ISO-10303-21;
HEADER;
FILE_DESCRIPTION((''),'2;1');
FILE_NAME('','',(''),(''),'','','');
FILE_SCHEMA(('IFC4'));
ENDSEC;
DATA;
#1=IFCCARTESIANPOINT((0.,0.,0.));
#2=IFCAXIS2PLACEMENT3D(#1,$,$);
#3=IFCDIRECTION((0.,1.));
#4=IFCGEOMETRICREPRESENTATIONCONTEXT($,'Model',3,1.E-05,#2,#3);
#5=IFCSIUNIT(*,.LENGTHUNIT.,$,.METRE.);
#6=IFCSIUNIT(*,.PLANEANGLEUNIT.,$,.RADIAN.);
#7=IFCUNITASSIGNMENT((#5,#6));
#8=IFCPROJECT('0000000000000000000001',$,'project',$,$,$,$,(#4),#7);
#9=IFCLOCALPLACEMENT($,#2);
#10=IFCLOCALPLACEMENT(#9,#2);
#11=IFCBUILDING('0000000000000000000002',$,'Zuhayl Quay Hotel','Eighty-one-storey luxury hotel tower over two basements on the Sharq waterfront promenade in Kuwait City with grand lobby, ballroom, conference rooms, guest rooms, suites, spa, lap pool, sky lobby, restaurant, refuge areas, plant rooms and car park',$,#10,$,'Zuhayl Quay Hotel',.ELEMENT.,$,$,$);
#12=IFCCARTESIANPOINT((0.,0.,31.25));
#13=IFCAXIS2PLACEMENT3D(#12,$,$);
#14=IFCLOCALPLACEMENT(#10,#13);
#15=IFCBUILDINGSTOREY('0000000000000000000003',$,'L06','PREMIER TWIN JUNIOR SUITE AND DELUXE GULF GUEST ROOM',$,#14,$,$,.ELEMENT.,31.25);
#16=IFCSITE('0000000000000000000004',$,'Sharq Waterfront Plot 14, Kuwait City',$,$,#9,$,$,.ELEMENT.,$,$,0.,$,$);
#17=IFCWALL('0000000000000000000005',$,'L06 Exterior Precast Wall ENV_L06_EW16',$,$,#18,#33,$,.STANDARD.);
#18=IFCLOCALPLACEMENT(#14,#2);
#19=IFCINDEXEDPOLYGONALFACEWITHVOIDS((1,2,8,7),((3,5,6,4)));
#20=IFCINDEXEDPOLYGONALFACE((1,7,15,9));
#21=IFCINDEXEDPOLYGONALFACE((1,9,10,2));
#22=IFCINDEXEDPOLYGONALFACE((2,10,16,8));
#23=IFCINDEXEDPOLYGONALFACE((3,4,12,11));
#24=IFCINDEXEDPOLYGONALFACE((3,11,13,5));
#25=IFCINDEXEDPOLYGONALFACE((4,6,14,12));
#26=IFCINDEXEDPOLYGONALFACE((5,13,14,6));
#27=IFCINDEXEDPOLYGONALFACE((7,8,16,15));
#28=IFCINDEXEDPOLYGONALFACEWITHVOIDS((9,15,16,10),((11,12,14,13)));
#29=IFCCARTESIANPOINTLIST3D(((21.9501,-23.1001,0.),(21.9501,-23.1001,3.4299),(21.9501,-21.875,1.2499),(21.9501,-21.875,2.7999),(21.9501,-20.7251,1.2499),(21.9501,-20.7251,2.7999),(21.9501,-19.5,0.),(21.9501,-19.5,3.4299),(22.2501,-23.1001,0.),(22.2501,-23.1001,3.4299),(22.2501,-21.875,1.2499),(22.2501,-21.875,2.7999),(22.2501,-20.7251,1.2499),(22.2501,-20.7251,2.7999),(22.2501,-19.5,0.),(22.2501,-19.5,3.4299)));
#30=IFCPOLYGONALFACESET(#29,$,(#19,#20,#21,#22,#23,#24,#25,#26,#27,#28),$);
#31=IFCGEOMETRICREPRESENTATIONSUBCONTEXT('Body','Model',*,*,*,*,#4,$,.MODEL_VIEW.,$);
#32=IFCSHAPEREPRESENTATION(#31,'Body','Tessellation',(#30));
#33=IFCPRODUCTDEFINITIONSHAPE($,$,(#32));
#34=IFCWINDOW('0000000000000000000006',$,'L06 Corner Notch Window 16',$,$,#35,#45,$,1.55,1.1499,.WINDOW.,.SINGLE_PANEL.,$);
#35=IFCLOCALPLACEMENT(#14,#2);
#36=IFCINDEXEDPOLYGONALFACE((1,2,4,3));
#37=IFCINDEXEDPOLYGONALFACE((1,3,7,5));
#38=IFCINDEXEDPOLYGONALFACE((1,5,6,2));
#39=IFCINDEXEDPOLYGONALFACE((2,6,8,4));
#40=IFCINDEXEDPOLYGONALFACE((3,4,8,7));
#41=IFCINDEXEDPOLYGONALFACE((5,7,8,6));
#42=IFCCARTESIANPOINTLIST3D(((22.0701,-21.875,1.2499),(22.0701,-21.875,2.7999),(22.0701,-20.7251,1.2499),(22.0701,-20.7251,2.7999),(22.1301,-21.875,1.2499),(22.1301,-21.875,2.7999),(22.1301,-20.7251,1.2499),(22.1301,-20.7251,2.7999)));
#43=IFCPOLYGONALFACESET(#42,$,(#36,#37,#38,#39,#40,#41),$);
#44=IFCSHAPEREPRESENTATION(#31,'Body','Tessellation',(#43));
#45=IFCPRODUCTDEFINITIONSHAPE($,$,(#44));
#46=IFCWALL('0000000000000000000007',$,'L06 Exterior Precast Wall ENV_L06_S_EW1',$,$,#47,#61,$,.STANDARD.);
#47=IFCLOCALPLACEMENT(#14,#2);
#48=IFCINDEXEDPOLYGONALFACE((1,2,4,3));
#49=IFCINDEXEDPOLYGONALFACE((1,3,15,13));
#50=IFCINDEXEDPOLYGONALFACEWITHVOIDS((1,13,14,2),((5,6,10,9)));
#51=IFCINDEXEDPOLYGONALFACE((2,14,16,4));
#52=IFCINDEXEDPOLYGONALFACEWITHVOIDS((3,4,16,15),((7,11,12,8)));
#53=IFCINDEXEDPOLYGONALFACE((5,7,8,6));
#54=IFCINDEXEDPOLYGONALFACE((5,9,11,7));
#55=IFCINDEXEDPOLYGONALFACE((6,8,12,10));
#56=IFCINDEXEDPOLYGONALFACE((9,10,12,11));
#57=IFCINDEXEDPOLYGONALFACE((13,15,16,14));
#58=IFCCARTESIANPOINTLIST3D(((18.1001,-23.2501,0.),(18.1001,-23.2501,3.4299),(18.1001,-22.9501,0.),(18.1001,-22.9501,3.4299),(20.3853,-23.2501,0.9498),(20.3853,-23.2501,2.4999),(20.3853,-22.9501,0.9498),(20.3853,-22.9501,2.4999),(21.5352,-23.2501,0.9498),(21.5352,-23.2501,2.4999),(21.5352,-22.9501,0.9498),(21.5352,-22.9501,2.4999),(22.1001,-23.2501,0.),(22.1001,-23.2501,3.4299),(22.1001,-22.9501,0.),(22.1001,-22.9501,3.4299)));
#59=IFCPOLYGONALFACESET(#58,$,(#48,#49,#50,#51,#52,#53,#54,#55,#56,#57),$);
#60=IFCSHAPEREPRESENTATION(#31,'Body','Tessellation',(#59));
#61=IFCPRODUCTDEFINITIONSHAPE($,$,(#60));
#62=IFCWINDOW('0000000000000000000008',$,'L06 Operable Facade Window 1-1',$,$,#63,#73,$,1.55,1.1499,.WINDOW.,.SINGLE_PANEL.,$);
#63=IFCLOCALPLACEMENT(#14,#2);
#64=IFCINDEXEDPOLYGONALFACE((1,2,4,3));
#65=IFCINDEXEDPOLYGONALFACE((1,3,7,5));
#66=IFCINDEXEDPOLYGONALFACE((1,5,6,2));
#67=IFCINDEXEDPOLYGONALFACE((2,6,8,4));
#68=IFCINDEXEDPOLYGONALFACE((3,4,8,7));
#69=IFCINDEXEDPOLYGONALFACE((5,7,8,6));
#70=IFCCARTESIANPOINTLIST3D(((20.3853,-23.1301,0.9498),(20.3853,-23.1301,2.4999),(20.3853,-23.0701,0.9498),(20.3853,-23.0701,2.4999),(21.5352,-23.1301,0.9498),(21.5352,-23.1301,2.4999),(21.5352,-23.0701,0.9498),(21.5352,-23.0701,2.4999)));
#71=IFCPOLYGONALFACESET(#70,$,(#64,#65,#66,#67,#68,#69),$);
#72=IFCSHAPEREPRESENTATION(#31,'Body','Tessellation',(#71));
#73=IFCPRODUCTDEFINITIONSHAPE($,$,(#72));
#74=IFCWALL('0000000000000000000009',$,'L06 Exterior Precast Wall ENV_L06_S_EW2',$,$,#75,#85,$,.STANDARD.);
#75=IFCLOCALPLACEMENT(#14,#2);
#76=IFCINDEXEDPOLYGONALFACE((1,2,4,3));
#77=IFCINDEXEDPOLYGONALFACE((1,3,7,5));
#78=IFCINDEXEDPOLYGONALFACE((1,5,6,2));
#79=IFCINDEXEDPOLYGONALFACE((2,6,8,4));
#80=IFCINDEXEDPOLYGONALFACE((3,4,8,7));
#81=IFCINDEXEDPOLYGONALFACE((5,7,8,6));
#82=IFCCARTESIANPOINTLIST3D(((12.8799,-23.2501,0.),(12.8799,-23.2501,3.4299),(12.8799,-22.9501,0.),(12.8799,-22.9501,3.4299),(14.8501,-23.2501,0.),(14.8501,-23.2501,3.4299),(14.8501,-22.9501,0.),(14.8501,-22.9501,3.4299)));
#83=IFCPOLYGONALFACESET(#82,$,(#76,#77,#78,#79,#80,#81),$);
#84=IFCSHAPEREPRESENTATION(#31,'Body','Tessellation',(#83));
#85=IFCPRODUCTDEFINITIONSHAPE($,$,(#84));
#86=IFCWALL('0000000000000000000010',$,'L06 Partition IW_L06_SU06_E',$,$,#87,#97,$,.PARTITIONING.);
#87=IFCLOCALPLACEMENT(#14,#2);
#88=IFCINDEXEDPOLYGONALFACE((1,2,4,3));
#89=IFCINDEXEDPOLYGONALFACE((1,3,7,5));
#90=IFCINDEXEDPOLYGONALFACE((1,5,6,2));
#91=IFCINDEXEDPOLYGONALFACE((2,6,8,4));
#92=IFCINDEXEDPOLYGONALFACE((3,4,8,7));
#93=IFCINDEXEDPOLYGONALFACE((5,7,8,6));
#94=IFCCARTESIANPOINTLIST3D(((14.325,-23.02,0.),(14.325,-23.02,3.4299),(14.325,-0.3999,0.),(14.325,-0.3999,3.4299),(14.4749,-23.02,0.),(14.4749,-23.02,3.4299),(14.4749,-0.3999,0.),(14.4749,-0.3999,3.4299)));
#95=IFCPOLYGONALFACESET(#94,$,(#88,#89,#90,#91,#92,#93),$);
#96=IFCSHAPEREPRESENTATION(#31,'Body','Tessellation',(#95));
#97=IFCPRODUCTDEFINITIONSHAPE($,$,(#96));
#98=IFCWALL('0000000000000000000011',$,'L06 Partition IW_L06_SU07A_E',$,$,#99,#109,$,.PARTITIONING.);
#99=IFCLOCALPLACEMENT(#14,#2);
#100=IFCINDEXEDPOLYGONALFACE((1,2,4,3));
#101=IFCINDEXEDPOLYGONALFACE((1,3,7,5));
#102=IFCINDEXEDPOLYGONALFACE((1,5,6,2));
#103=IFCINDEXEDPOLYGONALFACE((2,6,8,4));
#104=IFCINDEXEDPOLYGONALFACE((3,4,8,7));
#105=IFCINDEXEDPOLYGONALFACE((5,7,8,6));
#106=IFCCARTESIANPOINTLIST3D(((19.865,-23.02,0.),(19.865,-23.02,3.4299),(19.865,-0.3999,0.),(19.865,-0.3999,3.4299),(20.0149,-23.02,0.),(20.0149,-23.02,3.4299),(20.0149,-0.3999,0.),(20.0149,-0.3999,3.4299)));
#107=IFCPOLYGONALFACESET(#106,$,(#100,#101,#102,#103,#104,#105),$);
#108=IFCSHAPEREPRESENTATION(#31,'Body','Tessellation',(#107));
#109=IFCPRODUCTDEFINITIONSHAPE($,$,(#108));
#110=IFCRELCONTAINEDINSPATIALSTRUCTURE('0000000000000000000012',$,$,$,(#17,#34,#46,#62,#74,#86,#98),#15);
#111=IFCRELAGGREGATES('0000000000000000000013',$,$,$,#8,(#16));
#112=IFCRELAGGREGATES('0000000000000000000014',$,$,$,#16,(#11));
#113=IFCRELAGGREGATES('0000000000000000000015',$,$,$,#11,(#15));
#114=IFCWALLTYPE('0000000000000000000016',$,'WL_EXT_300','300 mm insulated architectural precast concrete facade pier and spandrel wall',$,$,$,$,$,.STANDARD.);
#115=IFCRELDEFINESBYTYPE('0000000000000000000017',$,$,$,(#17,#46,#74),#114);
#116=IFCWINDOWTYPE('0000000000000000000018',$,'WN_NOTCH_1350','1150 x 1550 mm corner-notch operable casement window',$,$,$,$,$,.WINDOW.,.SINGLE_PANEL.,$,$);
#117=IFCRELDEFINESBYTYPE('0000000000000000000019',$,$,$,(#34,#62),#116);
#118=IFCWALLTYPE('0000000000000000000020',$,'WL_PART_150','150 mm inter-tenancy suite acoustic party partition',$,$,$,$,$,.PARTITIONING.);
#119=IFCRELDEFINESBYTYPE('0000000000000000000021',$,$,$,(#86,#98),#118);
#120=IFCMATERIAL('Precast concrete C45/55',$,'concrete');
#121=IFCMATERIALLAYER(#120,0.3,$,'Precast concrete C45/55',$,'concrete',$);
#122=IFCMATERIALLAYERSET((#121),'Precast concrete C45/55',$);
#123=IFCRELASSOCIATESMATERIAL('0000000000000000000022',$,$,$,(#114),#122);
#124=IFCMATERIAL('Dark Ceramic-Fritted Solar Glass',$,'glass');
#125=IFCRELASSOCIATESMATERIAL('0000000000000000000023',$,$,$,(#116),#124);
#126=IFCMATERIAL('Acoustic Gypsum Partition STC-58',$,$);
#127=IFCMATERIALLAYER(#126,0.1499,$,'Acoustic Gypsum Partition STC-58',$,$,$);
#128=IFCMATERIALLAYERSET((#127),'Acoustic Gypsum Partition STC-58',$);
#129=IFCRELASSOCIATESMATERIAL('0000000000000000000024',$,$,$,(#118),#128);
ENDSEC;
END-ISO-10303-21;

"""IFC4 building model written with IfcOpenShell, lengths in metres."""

from ifc_helpers import new_model, si_unit, direction, frame, frame_2d, origin, place, context, subcontext, project, spatial, rectangle, extrude, material, layer, layer_set, type_object, element, fill, save


model = new_model("IFC4")

# Units and contexts
model_context = context("Model", 3, precision=1e-05, world=origin(), true_north=direction((0.0, 1.0)))
body_context = subcontext(model_context, "Body", "Model", "MODEL_VIEW")
ifc_project = project(units=[si_unit("LENGTHUNIT", "METRE"), si_unit("PLANEANGLEUNIT", "RADIAN")], contexts=[model_context])

# Site, building, storey
site_placement = place(None, origin())
site = spatial("IfcSite", under=ifc_project, at=site_placement, Name="Sharq Waterfront Plot 14, Kuwait City", CompositionType="ELEMENT", RefElevation=0.0)
building_placement = place(site_placement, origin())
building = spatial("IfcBuilding", under=site, at=building_placement, Name="Zuhayl Quay Hotel", Description="Eighty-one-storey luxury hotel tower over two basements on the Sharq waterfront promenade in Kuwait City with grand lobby, ballroom, conference rooms, guest rooms, suites, spa, lap pool, sky lobby, restaurant, refuge areas, plant rooms and car park", LongName="Zuhayl Quay Hotel", CompositionType="ELEMENT")
storey_placement = place(building_placement, frame((0.0, 0.0, 31.25)))
storey = spatial("IfcBuildingStorey", under=building, at=storey_placement, Name="L06", Description="PREMIER TWIN JUNIOR SUITE AND DELUXE GULF GUEST ROOM", CompositionType="ELEMENT", Elevation=31.25)

# Shared definitions
ifc_material_1 = material(Name="Dark Ceramic-Fritted Solar Glass", Category="glass")

# Shared definitions
ifc_material_2 = material(Name="Precast concrete C45/55", Category="concrete")
ifc_layer_1 = layer(ifc_material_2, 0.3, Name="Precast concrete C45/55", Category="concrete")
ifc_layer_set_1 = layer_set([ifc_layer_1], Name="Precast concrete C45/55")
wall_type_1 = type_object("IfcWallType", Name="WL_EXT_300", Description="300 mm insulated architectural precast concrete facade pier and spandrel wall", PredefinedType="STANDARD", material=ifc_layer_set_1)

# Walls, openings, windows
window_type = type_object("IfcWindowType", Name="WN_NOTCH_1350", Description="1150 x 1550 mm corner-notch operable casement window", PartitioningType="SINGLE_PANEL", PredefinedType="WINDOW", material=ifc_material_1)
wall_1_placement = place(storey_placement, frame((22.1001, -19.5, 0.0), z_axis=(0.0, 0.0, 1.0), x_axis=(0.0, -1.0, 0.0)))
wall_1 = element("IfcWall", 1, at=wall_1_placement, inside=storey, type_object=wall_type_1, Name="L06 Exterior Precast Wall ENV_L06_EW16", PredefinedType="STANDARD", context=body_context, shape_type="SweptSolid", body=[
    extrude(rectangle(XDim=3.6001, YDim=0.3, at=frame_2d((1.8, 0.0))), origin(), (0.0, 0.0, 1.0), 3.4299),
])
opening_1_placement = place(wall_1_placement, frame((1.2251, 0.0, 1.25)))
opening_1 = element("IfcOpeningElement", 2, at=opening_1_placement, cuts=wall_1, PredefinedType="OPENING", context=body_context, shape_type="SweptSolid", body=[
    extrude(rectangle(XDim=1.1499, YDim=1.55, at=frame_2d((0.575, 0.7749))), frame((0.0, 0.1599, 0.0), z_axis=(0.0, -1.0, 0.0), x_axis=(1.0, 0.0, 0.0)), (0.0, 0.0, 1.0), 0.3201),
])
window_1_placement = place(opening_1_placement, origin())
window_1 = element("IfcWindow", 3, at=window_1_placement, inside=storey, type_object=window_type, Name="L06 Corner Notch Window 16", OverallHeight=1.55, OverallWidth=1.1499, PartitioningType="SINGLE_PANEL", PredefinedType="WINDOW", context=body_context, shape_type="SweptSolid", body=[
    extrude(rectangle(XDim=1.1499, YDim=1.55, at=frame_2d((0.575, 0.7749))), frame((0.0, 0.03, 0.0), z_axis=(0.0, -1.0, 0.0), x_axis=(1.0, 0.0, 0.0)), (0.0, 0.0, 1.0), 0.0601),
])
fill(opening_1, window_1)
wall_2_placement = place(storey_placement, frame((22.1001, -23.1001, 0.0), z_axis=(0.0, 0.0, 1.0), x_axis=(-1.0, 0.0, 0.0)))
wall_2 = element("IfcWall", 4, at=wall_2_placement, inside=storey, type_object=wall_type_1, Name="L06 Exterior Precast Wall ENV_L06_S_EW1", PredefinedType="STANDARD", context=body_context, shape_type="SweptSolid", body=[
    extrude(rectangle(XDim=4.0, YDim=0.3, at=frame_2d((2.0, 0.0))), origin(), (0.0, 0.0, 1.0), 3.4299),
])
opening_2_placement = place(wall_2_placement, frame((0.5649, 0.0, 0.95)))
opening_2 = element("IfcOpeningElement", 5, at=opening_2_placement, cuts=wall_2, PredefinedType="OPENING", context=body_context, shape_type="SweptSolid", body=[
    extrude(rectangle(XDim=1.1499, YDim=1.55, at=frame_2d((0.575, 0.7749))), frame((0.0, 0.1599, 0.0), z_axis=(0.0, -1.0, 0.0), x_axis=(1.0, 0.0, 0.0)), (0.0, 0.0, 1.0), 0.3201),
])
window_2_placement = place(opening_2_placement, origin())
window_2 = element("IfcWindow", 6, at=window_2_placement, inside=storey, type_object=window_type, Name="L06 Operable Facade Window 1-1", OverallHeight=1.55, OverallWidth=1.1499, PartitioningType="SINGLE_PANEL", PredefinedType="WINDOW", context=body_context, shape_type="SweptSolid", body=[
    extrude(rectangle(XDim=1.1499, YDim=1.55, at=frame_2d((0.575, 0.7749))), frame((0.0, 0.03, 0.0), z_axis=(0.0, -1.0, 0.0), x_axis=(1.0, 0.0, 0.0)), (0.0, 0.0, 1.0), 0.0601),
])
fill(opening_2, window_2)

# Walls
wall_3_placement = place(storey_placement, frame((14.8501, -23.1001, 0.0), z_axis=(0.0, 0.0, 1.0), x_axis=(-1.0, 0.0, 0.0)))
element("IfcWall", 7, at=wall_3_placement, inside=storey, type_object=wall_type_1, Name="L06 Exterior Precast Wall ENV_L06_S_EW2", PredefinedType="STANDARD", context=body_context, shape_type="SweptSolid", body=[
    extrude(rectangle(XDim=1.9702, YDim=0.3, at=frame_2d((0.9851, 0.0))), origin(), (0.0, 0.0, 1.0), 3.4299),
])
ifc_material_3 = material(Name="Acoustic Gypsum Partition STC-58")
ifc_layer_2 = layer(ifc_material_3, 0.1499, Name="Acoustic Gypsum Partition STC-58")
ifc_layer_set_2 = layer_set([ifc_layer_2], Name="Acoustic Gypsum Partition STC-58")
wall_type_2 = type_object("IfcWallType", Name="WL_PART_150", Description="150 mm inter-tenancy suite acoustic party partition", PredefinedType="PARTITIONING", material=ifc_layer_set_2)
for number, where, z_axis, x_axis, name in (
    (8, (14.3999, -23.02, 0.0), (0.0, 0.0, 1.0), (0.0, 1.0, 0.0), "L06 Partition IW_L06_SU06_E"),
    (9, (19.9399, -23.02, 0.0), (0.0, 0.0, 1.0), (0.0, 1.0, 0.0), "L06 Partition IW_L06_SU07A_E"),
):
    element("IfcWall", number, at=place(storey_placement, frame(where, z_axis=z_axis, x_axis=x_axis)), inside=storey, type_object=wall_type_2, Name=name, PredefinedType="PARTITIONING", context=body_context, shape_type="SweptSolid", body=[
        extrude(rectangle(XDim=22.6201, YDim=0.1499, at=frame_2d((11.3101, 0.0))), origin(), (0.0, 0.0, 1.0), 3.4299),
    ])

save(model, "model.ifc")
